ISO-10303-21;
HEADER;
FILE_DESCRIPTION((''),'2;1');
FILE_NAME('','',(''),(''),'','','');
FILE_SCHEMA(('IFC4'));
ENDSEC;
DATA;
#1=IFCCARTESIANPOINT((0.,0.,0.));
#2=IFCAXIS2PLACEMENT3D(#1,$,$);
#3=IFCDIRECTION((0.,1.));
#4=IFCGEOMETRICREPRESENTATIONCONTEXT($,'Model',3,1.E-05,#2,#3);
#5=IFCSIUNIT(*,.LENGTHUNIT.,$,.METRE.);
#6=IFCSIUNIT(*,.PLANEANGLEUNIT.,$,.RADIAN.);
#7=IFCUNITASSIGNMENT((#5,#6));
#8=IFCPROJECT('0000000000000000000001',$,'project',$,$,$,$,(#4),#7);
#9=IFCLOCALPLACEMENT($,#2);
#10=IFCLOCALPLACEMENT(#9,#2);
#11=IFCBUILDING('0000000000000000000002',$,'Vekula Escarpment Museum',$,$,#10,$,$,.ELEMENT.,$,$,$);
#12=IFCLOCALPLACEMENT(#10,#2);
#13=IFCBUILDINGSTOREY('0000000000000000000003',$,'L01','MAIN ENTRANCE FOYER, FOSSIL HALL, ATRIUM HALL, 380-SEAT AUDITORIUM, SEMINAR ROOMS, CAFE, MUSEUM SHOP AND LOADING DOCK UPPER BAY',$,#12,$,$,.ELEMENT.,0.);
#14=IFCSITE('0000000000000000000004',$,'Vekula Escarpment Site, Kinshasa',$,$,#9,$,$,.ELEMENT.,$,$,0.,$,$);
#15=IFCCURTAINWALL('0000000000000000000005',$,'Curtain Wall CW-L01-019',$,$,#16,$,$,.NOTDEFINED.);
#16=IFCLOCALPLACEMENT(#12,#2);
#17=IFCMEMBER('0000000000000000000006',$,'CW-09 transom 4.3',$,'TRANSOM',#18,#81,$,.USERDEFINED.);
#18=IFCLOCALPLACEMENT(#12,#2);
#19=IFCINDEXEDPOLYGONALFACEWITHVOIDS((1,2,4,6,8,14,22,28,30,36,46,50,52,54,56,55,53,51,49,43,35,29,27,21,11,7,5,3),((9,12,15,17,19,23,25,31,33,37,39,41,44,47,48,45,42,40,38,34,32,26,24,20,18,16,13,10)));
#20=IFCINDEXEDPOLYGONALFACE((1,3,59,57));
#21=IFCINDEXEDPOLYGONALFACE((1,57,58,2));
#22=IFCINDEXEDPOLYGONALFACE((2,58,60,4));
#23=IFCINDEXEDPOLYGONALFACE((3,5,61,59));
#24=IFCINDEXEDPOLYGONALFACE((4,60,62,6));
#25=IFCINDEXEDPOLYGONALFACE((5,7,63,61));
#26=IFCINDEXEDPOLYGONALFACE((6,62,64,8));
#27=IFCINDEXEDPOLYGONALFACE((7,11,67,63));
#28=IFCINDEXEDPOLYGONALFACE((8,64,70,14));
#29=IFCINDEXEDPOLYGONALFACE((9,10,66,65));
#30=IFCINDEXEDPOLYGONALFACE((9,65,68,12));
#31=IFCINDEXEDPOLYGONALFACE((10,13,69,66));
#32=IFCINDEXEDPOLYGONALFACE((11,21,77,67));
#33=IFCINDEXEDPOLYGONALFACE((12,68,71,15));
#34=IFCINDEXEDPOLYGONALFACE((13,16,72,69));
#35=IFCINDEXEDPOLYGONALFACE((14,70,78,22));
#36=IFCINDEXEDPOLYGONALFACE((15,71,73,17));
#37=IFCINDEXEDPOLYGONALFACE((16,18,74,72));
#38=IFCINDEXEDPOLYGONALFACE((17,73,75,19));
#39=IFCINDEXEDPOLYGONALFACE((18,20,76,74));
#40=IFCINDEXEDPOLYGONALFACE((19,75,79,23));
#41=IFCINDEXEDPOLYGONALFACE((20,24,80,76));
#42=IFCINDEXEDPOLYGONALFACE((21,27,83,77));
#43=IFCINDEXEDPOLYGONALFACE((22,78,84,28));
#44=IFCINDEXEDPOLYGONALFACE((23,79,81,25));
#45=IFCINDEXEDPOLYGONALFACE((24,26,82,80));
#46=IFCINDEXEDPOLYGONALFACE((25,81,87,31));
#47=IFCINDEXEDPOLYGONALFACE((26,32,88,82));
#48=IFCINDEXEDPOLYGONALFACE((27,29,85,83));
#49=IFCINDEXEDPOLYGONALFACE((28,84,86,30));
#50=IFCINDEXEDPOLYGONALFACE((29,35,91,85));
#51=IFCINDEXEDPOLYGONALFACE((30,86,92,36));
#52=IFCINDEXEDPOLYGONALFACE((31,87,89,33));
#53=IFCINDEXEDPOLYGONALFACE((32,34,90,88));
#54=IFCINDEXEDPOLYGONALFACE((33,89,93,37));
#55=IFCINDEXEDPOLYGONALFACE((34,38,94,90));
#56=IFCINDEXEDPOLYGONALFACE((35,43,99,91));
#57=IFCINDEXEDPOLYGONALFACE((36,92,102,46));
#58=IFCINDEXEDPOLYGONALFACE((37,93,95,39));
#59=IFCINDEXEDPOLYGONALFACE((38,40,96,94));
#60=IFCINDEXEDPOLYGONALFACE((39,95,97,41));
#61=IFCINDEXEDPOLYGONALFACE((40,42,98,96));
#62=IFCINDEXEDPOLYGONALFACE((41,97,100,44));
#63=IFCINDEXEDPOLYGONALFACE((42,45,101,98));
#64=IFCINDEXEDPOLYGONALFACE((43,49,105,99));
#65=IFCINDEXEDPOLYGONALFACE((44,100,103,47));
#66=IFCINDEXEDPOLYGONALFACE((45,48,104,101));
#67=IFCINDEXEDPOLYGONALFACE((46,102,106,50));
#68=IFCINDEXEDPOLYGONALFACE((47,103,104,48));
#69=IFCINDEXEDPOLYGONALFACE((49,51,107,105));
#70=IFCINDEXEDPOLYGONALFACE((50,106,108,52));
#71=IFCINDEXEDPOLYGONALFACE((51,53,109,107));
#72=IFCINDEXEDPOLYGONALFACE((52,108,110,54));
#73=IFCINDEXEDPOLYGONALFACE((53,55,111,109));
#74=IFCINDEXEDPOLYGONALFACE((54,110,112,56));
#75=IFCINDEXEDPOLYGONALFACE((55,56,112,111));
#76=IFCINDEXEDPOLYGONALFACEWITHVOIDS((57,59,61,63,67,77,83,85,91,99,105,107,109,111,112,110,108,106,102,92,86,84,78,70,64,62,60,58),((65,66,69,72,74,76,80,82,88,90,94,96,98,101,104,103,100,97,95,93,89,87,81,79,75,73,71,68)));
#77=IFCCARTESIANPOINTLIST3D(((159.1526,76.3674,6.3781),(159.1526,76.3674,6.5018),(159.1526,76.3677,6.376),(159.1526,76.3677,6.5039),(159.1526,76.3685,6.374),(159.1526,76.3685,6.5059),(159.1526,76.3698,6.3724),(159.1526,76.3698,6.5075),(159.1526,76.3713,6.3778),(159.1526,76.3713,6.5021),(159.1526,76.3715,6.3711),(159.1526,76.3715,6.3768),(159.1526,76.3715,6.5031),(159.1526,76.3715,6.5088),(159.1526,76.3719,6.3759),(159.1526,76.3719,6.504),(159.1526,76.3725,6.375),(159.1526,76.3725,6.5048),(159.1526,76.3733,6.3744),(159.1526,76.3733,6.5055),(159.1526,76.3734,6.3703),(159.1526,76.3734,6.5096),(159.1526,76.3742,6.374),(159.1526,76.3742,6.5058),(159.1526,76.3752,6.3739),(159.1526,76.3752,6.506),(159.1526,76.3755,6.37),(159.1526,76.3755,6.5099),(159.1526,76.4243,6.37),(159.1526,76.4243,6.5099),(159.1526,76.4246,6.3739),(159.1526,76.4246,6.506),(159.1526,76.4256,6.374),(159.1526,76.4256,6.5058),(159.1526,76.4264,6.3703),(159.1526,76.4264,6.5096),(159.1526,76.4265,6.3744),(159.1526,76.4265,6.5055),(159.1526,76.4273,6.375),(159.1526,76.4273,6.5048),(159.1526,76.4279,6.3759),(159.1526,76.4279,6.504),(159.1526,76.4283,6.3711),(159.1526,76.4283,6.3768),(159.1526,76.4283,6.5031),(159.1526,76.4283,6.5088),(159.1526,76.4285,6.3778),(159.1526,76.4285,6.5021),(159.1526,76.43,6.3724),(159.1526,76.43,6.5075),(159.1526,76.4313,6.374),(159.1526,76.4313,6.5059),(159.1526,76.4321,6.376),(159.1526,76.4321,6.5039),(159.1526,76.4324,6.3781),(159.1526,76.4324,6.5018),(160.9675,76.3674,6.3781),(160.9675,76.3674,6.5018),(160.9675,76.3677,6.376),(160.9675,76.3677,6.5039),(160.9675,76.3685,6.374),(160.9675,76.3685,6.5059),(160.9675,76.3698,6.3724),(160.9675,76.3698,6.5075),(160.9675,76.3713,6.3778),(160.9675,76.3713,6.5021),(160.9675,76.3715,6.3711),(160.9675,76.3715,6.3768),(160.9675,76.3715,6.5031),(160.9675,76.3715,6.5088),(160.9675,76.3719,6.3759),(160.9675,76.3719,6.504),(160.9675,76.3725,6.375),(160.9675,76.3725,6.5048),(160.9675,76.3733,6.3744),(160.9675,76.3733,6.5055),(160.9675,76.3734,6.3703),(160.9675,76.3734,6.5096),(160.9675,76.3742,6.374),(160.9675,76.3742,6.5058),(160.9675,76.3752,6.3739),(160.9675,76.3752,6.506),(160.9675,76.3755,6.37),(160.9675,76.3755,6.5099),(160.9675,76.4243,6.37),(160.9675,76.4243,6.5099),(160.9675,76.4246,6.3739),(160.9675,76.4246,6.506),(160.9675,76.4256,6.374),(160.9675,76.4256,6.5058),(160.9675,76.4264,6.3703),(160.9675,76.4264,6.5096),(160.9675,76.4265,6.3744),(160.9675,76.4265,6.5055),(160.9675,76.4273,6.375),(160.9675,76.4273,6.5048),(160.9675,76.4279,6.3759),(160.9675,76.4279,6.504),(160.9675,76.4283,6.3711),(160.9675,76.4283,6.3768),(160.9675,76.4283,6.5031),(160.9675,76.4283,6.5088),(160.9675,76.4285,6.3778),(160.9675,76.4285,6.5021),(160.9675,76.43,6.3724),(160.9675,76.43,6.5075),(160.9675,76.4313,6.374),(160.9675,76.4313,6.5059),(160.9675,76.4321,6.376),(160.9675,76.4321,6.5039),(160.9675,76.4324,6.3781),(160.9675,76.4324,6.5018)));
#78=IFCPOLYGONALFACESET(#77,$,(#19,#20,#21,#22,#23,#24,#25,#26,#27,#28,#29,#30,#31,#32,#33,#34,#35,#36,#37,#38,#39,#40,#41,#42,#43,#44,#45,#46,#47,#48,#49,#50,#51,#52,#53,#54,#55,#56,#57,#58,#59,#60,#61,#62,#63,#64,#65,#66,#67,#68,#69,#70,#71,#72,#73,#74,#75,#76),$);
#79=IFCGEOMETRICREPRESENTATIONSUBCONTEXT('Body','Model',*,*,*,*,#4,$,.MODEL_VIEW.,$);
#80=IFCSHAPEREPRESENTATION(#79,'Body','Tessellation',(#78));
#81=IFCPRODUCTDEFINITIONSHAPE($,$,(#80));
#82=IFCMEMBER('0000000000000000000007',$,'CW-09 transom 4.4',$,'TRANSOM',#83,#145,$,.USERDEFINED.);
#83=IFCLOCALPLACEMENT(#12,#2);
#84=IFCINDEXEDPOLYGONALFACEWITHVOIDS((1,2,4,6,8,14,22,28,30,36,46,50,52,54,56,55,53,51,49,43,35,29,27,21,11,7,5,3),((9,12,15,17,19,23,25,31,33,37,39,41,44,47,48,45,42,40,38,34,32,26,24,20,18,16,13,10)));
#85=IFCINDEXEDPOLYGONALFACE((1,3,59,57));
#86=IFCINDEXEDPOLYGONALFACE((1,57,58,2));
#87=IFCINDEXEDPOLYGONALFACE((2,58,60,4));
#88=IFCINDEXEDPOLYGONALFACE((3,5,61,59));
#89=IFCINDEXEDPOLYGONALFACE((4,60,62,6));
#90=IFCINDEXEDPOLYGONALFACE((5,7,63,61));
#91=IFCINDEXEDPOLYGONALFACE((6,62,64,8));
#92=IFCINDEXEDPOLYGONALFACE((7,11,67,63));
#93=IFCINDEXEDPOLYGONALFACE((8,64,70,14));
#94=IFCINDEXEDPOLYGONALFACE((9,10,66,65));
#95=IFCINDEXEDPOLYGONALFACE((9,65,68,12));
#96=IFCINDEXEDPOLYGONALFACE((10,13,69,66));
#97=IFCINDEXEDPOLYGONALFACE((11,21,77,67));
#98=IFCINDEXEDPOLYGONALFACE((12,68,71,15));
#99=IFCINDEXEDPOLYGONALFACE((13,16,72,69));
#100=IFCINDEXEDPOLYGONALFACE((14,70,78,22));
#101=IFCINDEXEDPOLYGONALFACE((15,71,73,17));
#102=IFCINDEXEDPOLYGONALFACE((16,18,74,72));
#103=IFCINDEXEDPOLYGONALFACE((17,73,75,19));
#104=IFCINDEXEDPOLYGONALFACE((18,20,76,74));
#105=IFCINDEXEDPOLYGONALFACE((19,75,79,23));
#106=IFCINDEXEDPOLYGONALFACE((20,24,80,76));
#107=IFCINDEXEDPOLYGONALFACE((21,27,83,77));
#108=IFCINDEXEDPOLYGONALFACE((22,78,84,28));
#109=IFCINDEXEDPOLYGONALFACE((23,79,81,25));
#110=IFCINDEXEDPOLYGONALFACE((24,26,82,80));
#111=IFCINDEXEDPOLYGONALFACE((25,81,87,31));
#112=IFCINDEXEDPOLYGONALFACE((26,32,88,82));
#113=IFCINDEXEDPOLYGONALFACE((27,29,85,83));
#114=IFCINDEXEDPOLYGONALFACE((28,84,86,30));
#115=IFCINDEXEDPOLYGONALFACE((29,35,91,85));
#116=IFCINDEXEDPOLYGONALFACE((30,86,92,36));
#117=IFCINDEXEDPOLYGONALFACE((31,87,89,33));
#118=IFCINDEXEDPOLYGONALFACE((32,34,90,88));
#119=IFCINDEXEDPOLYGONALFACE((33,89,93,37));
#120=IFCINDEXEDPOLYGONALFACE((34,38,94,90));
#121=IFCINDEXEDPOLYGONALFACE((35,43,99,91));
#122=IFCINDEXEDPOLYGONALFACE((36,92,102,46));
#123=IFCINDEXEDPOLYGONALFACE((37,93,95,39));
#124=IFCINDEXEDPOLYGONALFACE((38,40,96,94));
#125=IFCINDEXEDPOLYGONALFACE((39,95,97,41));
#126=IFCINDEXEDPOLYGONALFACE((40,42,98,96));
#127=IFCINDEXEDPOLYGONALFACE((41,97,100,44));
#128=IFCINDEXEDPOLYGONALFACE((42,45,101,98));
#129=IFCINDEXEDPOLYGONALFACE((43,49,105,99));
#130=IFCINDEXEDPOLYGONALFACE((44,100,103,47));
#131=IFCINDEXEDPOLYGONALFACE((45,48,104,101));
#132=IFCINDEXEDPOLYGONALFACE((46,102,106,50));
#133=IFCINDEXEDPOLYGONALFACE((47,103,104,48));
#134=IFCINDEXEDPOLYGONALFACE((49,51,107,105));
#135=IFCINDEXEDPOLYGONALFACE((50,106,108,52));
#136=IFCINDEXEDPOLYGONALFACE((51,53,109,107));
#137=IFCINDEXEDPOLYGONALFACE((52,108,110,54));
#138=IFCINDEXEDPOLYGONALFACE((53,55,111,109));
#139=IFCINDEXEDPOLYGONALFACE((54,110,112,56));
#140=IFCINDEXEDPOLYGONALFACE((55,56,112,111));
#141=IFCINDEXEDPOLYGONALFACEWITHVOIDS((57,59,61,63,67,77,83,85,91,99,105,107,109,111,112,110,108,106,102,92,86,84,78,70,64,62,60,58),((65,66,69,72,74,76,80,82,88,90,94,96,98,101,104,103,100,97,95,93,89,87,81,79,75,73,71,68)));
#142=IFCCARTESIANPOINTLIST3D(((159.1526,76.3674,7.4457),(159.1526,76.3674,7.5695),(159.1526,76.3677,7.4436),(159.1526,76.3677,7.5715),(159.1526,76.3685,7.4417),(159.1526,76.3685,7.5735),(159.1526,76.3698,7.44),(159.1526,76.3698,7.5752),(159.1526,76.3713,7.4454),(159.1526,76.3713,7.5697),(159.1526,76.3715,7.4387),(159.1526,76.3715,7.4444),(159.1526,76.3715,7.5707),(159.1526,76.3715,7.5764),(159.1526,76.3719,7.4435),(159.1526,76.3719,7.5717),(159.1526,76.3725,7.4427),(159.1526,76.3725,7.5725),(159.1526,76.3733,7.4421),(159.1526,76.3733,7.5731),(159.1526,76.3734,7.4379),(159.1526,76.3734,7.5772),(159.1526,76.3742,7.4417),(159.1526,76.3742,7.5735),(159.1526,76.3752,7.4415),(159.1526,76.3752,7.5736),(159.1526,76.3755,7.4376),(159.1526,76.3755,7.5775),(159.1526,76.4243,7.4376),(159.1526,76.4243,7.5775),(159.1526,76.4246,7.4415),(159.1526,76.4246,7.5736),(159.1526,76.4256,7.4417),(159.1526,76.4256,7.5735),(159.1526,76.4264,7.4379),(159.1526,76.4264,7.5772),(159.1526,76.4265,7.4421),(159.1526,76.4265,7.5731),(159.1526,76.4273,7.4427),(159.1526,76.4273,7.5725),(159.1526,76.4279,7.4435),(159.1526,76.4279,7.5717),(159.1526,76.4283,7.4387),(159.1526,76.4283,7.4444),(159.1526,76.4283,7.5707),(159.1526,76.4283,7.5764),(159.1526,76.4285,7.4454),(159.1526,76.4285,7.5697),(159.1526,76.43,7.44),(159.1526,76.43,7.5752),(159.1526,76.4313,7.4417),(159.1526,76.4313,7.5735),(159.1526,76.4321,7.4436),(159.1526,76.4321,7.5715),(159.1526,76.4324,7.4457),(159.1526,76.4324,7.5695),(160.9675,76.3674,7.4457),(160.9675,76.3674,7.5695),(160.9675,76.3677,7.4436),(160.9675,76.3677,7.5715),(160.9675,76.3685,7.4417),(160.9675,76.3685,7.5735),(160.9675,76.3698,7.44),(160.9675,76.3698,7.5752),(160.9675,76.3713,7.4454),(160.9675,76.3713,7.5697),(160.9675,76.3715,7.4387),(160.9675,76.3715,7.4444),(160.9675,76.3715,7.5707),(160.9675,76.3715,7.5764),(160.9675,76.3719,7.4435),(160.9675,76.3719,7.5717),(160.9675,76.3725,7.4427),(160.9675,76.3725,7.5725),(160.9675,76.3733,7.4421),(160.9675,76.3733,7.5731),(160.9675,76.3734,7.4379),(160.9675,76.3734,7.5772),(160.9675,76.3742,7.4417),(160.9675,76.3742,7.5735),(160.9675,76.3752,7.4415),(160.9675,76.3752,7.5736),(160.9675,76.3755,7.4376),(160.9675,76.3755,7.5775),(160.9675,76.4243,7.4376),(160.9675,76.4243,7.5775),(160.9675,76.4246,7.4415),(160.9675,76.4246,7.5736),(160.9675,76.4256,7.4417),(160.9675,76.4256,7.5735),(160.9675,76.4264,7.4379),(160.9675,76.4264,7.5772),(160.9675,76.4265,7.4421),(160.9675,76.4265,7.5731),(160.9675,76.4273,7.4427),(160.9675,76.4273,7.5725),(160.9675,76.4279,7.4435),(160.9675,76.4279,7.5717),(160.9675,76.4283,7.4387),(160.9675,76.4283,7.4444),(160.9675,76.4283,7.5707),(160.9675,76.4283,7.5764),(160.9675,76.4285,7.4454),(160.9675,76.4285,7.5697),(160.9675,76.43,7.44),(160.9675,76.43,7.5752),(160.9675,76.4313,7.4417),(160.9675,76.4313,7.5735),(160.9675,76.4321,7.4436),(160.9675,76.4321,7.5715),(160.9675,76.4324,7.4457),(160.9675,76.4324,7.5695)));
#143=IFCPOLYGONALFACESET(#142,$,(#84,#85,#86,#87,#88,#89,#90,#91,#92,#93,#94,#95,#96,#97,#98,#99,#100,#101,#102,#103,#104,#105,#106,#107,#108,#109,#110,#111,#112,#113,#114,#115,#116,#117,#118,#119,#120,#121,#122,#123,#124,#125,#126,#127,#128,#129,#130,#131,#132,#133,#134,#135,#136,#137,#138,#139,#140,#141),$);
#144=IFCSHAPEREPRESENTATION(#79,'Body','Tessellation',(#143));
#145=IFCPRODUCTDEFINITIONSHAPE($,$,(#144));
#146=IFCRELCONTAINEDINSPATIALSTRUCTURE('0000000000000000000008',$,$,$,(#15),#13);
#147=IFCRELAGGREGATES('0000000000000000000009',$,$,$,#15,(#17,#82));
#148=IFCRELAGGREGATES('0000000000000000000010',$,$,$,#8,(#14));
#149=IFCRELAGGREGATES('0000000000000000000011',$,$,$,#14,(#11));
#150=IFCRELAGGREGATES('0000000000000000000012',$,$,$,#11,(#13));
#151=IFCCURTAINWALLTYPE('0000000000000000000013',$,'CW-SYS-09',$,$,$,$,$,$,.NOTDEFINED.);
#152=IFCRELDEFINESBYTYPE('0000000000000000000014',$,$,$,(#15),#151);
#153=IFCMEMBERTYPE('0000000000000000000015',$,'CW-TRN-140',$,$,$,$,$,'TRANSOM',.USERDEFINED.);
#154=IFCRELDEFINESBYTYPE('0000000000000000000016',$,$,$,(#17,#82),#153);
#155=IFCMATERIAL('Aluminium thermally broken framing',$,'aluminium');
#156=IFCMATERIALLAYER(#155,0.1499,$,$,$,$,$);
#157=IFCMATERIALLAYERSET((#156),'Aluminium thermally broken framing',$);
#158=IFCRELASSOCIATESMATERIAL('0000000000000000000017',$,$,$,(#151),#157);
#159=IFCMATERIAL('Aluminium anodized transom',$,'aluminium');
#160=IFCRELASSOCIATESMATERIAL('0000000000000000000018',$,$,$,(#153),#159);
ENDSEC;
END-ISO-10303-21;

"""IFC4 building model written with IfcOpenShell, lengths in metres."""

from ifc_helpers import new_model, si_unit, direction, frame, origin, origin_2d, place, context, subcontext, project, spatial, hollow_rectangle, extrude, material, layer, layer_set, material_profile, profile_set, type_object, element, aggregate, save


model = new_model("IFC4")

# Units and contexts
model_context = context("Model", 3, precision=1e-05, world=origin(), true_north=direction((0.0, 1.0)))
body_context = subcontext(model_context, "Body", "Model", "MODEL_VIEW")
ifc_project = project(units=[si_unit("LENGTHUNIT", "METRE"), si_unit("PLANEANGLEUNIT", "RADIAN")], contexts=[model_context])

# Site, building, storey
site_placement = place(None, origin())
site = spatial("IfcSite", under=ifc_project, at=site_placement, Name="Vekula Escarpment Site, Kinshasa", CompositionType="ELEMENT", RefElevation=0.0)
building_placement = place(site_placement, origin())
building = spatial("IfcBuilding", under=site, at=building_placement, Name="Vekula Escarpment Museum", CompositionType="ELEMENT")
storey_placement = place(building_placement, origin())
storey = spatial("IfcBuildingStorey", under=building, at=storey_placement, Name="L01", Description="MAIN ENTRANCE FOYER, FOSSIL HALL, ATRIUM HALL, 380-SEAT AUDITORIUM, SEMINAR ROOMS, CAFE, MUSEUM SHOP AND LOADING DOCK UPPER BAY", CompositionType="ELEMENT", Elevation=0.0)

# Curtain wall
ifc_material_1 = material(Name="Aluminium thermally broken framing", Category="aluminium")
ifc_layer_1 = layer(ifc_material_1, 0.1499)
ifc_layer_set_1 = layer_set([ifc_layer_1], Name="Aluminium thermally broken framing")
curtain_wall_type_1 = type_object("IfcCurtainWallType", Name="CW-SYS-09", PredefinedType="NOTDEFINED", material=ifc_layer_set_1)
curtain_wall_1_placement = place(storey_placement, origin())
curtain_wall_1 = element("IfcCurtainWall", 1, at=curtain_wall_1_placement, inside=storey, type_object=curtain_wall_type_1, Name="Curtain Wall CW-L01-019", PredefinedType="NOTDEFINED")

# Members
ifc_material_2 = material(Name="Aluminium anodized transom", Category="aluminium")
ifc_material_profile_1 = material_profile(ifc_material_2, hollow_rectangle(XDim=0.0649, YDim=0.1399, WallThickness=0.0039, InnerFilletRadius=0.0039, OuterFilletRadius=0.0081, at=origin_2d()), Name="ALU 140x65x4")
ifc_profile_set_1 = profile_set([ifc_material_profile_1], Name="Aluminium anodized transom")
member_type_1 = type_object("IfcMemberType", Name="CW-TRN-140", ElementType="TRANSOM", PredefinedType="USERDEFINED", material=ifc_profile_set_1)
member_1_placement = place(storey_placement, frame((160.9675, 76.3999, 6.4399), z_axis=(-1.0, 0.0, 0.0), x_axis=(0.0, -1.0, 0.0)))
member_1 = element("IfcMember", 2, at=member_1_placement, type_object=member_type_1, Name="CW-09 transom 4.3", ObjectType="TRANSOM", PredefinedType="USERDEFINED", context=body_context, shape_type="SweptSolid", body=[
    extrude(hollow_rectangle(XDim=0.0649, YDim=0.1399, WallThickness=0.0039, InnerFilletRadius=0.0039, OuterFilletRadius=0.0081, at=origin_2d()), origin(), (0.0, 0.0, 1.0), 1.8149),
])
member_2_placement = place(storey_placement, frame((160.9675, 76.3999, 7.5076), z_axis=(-1.0, 0.0, 0.0), x_axis=(0.0, -1.0, 0.0)))
member_2 = element("IfcMember", 3, at=member_2_placement, type_object=member_type_1, Name="CW-09 transom 4.4", ObjectType="TRANSOM", PredefinedType="USERDEFINED", context=body_context, shape_type="SweptSolid", body=[
    extrude(hollow_rectangle(XDim=0.0649, YDim=0.1399, WallThickness=0.0039, InnerFilletRadius=0.0039, OuterFilletRadius=0.0081, at=origin_2d()), origin(), (0.0, 0.0, 1.0), 1.8149),
])

aggregate(curtain_wall_1, [member_1, member_2])

save(model, "model.ifc")
